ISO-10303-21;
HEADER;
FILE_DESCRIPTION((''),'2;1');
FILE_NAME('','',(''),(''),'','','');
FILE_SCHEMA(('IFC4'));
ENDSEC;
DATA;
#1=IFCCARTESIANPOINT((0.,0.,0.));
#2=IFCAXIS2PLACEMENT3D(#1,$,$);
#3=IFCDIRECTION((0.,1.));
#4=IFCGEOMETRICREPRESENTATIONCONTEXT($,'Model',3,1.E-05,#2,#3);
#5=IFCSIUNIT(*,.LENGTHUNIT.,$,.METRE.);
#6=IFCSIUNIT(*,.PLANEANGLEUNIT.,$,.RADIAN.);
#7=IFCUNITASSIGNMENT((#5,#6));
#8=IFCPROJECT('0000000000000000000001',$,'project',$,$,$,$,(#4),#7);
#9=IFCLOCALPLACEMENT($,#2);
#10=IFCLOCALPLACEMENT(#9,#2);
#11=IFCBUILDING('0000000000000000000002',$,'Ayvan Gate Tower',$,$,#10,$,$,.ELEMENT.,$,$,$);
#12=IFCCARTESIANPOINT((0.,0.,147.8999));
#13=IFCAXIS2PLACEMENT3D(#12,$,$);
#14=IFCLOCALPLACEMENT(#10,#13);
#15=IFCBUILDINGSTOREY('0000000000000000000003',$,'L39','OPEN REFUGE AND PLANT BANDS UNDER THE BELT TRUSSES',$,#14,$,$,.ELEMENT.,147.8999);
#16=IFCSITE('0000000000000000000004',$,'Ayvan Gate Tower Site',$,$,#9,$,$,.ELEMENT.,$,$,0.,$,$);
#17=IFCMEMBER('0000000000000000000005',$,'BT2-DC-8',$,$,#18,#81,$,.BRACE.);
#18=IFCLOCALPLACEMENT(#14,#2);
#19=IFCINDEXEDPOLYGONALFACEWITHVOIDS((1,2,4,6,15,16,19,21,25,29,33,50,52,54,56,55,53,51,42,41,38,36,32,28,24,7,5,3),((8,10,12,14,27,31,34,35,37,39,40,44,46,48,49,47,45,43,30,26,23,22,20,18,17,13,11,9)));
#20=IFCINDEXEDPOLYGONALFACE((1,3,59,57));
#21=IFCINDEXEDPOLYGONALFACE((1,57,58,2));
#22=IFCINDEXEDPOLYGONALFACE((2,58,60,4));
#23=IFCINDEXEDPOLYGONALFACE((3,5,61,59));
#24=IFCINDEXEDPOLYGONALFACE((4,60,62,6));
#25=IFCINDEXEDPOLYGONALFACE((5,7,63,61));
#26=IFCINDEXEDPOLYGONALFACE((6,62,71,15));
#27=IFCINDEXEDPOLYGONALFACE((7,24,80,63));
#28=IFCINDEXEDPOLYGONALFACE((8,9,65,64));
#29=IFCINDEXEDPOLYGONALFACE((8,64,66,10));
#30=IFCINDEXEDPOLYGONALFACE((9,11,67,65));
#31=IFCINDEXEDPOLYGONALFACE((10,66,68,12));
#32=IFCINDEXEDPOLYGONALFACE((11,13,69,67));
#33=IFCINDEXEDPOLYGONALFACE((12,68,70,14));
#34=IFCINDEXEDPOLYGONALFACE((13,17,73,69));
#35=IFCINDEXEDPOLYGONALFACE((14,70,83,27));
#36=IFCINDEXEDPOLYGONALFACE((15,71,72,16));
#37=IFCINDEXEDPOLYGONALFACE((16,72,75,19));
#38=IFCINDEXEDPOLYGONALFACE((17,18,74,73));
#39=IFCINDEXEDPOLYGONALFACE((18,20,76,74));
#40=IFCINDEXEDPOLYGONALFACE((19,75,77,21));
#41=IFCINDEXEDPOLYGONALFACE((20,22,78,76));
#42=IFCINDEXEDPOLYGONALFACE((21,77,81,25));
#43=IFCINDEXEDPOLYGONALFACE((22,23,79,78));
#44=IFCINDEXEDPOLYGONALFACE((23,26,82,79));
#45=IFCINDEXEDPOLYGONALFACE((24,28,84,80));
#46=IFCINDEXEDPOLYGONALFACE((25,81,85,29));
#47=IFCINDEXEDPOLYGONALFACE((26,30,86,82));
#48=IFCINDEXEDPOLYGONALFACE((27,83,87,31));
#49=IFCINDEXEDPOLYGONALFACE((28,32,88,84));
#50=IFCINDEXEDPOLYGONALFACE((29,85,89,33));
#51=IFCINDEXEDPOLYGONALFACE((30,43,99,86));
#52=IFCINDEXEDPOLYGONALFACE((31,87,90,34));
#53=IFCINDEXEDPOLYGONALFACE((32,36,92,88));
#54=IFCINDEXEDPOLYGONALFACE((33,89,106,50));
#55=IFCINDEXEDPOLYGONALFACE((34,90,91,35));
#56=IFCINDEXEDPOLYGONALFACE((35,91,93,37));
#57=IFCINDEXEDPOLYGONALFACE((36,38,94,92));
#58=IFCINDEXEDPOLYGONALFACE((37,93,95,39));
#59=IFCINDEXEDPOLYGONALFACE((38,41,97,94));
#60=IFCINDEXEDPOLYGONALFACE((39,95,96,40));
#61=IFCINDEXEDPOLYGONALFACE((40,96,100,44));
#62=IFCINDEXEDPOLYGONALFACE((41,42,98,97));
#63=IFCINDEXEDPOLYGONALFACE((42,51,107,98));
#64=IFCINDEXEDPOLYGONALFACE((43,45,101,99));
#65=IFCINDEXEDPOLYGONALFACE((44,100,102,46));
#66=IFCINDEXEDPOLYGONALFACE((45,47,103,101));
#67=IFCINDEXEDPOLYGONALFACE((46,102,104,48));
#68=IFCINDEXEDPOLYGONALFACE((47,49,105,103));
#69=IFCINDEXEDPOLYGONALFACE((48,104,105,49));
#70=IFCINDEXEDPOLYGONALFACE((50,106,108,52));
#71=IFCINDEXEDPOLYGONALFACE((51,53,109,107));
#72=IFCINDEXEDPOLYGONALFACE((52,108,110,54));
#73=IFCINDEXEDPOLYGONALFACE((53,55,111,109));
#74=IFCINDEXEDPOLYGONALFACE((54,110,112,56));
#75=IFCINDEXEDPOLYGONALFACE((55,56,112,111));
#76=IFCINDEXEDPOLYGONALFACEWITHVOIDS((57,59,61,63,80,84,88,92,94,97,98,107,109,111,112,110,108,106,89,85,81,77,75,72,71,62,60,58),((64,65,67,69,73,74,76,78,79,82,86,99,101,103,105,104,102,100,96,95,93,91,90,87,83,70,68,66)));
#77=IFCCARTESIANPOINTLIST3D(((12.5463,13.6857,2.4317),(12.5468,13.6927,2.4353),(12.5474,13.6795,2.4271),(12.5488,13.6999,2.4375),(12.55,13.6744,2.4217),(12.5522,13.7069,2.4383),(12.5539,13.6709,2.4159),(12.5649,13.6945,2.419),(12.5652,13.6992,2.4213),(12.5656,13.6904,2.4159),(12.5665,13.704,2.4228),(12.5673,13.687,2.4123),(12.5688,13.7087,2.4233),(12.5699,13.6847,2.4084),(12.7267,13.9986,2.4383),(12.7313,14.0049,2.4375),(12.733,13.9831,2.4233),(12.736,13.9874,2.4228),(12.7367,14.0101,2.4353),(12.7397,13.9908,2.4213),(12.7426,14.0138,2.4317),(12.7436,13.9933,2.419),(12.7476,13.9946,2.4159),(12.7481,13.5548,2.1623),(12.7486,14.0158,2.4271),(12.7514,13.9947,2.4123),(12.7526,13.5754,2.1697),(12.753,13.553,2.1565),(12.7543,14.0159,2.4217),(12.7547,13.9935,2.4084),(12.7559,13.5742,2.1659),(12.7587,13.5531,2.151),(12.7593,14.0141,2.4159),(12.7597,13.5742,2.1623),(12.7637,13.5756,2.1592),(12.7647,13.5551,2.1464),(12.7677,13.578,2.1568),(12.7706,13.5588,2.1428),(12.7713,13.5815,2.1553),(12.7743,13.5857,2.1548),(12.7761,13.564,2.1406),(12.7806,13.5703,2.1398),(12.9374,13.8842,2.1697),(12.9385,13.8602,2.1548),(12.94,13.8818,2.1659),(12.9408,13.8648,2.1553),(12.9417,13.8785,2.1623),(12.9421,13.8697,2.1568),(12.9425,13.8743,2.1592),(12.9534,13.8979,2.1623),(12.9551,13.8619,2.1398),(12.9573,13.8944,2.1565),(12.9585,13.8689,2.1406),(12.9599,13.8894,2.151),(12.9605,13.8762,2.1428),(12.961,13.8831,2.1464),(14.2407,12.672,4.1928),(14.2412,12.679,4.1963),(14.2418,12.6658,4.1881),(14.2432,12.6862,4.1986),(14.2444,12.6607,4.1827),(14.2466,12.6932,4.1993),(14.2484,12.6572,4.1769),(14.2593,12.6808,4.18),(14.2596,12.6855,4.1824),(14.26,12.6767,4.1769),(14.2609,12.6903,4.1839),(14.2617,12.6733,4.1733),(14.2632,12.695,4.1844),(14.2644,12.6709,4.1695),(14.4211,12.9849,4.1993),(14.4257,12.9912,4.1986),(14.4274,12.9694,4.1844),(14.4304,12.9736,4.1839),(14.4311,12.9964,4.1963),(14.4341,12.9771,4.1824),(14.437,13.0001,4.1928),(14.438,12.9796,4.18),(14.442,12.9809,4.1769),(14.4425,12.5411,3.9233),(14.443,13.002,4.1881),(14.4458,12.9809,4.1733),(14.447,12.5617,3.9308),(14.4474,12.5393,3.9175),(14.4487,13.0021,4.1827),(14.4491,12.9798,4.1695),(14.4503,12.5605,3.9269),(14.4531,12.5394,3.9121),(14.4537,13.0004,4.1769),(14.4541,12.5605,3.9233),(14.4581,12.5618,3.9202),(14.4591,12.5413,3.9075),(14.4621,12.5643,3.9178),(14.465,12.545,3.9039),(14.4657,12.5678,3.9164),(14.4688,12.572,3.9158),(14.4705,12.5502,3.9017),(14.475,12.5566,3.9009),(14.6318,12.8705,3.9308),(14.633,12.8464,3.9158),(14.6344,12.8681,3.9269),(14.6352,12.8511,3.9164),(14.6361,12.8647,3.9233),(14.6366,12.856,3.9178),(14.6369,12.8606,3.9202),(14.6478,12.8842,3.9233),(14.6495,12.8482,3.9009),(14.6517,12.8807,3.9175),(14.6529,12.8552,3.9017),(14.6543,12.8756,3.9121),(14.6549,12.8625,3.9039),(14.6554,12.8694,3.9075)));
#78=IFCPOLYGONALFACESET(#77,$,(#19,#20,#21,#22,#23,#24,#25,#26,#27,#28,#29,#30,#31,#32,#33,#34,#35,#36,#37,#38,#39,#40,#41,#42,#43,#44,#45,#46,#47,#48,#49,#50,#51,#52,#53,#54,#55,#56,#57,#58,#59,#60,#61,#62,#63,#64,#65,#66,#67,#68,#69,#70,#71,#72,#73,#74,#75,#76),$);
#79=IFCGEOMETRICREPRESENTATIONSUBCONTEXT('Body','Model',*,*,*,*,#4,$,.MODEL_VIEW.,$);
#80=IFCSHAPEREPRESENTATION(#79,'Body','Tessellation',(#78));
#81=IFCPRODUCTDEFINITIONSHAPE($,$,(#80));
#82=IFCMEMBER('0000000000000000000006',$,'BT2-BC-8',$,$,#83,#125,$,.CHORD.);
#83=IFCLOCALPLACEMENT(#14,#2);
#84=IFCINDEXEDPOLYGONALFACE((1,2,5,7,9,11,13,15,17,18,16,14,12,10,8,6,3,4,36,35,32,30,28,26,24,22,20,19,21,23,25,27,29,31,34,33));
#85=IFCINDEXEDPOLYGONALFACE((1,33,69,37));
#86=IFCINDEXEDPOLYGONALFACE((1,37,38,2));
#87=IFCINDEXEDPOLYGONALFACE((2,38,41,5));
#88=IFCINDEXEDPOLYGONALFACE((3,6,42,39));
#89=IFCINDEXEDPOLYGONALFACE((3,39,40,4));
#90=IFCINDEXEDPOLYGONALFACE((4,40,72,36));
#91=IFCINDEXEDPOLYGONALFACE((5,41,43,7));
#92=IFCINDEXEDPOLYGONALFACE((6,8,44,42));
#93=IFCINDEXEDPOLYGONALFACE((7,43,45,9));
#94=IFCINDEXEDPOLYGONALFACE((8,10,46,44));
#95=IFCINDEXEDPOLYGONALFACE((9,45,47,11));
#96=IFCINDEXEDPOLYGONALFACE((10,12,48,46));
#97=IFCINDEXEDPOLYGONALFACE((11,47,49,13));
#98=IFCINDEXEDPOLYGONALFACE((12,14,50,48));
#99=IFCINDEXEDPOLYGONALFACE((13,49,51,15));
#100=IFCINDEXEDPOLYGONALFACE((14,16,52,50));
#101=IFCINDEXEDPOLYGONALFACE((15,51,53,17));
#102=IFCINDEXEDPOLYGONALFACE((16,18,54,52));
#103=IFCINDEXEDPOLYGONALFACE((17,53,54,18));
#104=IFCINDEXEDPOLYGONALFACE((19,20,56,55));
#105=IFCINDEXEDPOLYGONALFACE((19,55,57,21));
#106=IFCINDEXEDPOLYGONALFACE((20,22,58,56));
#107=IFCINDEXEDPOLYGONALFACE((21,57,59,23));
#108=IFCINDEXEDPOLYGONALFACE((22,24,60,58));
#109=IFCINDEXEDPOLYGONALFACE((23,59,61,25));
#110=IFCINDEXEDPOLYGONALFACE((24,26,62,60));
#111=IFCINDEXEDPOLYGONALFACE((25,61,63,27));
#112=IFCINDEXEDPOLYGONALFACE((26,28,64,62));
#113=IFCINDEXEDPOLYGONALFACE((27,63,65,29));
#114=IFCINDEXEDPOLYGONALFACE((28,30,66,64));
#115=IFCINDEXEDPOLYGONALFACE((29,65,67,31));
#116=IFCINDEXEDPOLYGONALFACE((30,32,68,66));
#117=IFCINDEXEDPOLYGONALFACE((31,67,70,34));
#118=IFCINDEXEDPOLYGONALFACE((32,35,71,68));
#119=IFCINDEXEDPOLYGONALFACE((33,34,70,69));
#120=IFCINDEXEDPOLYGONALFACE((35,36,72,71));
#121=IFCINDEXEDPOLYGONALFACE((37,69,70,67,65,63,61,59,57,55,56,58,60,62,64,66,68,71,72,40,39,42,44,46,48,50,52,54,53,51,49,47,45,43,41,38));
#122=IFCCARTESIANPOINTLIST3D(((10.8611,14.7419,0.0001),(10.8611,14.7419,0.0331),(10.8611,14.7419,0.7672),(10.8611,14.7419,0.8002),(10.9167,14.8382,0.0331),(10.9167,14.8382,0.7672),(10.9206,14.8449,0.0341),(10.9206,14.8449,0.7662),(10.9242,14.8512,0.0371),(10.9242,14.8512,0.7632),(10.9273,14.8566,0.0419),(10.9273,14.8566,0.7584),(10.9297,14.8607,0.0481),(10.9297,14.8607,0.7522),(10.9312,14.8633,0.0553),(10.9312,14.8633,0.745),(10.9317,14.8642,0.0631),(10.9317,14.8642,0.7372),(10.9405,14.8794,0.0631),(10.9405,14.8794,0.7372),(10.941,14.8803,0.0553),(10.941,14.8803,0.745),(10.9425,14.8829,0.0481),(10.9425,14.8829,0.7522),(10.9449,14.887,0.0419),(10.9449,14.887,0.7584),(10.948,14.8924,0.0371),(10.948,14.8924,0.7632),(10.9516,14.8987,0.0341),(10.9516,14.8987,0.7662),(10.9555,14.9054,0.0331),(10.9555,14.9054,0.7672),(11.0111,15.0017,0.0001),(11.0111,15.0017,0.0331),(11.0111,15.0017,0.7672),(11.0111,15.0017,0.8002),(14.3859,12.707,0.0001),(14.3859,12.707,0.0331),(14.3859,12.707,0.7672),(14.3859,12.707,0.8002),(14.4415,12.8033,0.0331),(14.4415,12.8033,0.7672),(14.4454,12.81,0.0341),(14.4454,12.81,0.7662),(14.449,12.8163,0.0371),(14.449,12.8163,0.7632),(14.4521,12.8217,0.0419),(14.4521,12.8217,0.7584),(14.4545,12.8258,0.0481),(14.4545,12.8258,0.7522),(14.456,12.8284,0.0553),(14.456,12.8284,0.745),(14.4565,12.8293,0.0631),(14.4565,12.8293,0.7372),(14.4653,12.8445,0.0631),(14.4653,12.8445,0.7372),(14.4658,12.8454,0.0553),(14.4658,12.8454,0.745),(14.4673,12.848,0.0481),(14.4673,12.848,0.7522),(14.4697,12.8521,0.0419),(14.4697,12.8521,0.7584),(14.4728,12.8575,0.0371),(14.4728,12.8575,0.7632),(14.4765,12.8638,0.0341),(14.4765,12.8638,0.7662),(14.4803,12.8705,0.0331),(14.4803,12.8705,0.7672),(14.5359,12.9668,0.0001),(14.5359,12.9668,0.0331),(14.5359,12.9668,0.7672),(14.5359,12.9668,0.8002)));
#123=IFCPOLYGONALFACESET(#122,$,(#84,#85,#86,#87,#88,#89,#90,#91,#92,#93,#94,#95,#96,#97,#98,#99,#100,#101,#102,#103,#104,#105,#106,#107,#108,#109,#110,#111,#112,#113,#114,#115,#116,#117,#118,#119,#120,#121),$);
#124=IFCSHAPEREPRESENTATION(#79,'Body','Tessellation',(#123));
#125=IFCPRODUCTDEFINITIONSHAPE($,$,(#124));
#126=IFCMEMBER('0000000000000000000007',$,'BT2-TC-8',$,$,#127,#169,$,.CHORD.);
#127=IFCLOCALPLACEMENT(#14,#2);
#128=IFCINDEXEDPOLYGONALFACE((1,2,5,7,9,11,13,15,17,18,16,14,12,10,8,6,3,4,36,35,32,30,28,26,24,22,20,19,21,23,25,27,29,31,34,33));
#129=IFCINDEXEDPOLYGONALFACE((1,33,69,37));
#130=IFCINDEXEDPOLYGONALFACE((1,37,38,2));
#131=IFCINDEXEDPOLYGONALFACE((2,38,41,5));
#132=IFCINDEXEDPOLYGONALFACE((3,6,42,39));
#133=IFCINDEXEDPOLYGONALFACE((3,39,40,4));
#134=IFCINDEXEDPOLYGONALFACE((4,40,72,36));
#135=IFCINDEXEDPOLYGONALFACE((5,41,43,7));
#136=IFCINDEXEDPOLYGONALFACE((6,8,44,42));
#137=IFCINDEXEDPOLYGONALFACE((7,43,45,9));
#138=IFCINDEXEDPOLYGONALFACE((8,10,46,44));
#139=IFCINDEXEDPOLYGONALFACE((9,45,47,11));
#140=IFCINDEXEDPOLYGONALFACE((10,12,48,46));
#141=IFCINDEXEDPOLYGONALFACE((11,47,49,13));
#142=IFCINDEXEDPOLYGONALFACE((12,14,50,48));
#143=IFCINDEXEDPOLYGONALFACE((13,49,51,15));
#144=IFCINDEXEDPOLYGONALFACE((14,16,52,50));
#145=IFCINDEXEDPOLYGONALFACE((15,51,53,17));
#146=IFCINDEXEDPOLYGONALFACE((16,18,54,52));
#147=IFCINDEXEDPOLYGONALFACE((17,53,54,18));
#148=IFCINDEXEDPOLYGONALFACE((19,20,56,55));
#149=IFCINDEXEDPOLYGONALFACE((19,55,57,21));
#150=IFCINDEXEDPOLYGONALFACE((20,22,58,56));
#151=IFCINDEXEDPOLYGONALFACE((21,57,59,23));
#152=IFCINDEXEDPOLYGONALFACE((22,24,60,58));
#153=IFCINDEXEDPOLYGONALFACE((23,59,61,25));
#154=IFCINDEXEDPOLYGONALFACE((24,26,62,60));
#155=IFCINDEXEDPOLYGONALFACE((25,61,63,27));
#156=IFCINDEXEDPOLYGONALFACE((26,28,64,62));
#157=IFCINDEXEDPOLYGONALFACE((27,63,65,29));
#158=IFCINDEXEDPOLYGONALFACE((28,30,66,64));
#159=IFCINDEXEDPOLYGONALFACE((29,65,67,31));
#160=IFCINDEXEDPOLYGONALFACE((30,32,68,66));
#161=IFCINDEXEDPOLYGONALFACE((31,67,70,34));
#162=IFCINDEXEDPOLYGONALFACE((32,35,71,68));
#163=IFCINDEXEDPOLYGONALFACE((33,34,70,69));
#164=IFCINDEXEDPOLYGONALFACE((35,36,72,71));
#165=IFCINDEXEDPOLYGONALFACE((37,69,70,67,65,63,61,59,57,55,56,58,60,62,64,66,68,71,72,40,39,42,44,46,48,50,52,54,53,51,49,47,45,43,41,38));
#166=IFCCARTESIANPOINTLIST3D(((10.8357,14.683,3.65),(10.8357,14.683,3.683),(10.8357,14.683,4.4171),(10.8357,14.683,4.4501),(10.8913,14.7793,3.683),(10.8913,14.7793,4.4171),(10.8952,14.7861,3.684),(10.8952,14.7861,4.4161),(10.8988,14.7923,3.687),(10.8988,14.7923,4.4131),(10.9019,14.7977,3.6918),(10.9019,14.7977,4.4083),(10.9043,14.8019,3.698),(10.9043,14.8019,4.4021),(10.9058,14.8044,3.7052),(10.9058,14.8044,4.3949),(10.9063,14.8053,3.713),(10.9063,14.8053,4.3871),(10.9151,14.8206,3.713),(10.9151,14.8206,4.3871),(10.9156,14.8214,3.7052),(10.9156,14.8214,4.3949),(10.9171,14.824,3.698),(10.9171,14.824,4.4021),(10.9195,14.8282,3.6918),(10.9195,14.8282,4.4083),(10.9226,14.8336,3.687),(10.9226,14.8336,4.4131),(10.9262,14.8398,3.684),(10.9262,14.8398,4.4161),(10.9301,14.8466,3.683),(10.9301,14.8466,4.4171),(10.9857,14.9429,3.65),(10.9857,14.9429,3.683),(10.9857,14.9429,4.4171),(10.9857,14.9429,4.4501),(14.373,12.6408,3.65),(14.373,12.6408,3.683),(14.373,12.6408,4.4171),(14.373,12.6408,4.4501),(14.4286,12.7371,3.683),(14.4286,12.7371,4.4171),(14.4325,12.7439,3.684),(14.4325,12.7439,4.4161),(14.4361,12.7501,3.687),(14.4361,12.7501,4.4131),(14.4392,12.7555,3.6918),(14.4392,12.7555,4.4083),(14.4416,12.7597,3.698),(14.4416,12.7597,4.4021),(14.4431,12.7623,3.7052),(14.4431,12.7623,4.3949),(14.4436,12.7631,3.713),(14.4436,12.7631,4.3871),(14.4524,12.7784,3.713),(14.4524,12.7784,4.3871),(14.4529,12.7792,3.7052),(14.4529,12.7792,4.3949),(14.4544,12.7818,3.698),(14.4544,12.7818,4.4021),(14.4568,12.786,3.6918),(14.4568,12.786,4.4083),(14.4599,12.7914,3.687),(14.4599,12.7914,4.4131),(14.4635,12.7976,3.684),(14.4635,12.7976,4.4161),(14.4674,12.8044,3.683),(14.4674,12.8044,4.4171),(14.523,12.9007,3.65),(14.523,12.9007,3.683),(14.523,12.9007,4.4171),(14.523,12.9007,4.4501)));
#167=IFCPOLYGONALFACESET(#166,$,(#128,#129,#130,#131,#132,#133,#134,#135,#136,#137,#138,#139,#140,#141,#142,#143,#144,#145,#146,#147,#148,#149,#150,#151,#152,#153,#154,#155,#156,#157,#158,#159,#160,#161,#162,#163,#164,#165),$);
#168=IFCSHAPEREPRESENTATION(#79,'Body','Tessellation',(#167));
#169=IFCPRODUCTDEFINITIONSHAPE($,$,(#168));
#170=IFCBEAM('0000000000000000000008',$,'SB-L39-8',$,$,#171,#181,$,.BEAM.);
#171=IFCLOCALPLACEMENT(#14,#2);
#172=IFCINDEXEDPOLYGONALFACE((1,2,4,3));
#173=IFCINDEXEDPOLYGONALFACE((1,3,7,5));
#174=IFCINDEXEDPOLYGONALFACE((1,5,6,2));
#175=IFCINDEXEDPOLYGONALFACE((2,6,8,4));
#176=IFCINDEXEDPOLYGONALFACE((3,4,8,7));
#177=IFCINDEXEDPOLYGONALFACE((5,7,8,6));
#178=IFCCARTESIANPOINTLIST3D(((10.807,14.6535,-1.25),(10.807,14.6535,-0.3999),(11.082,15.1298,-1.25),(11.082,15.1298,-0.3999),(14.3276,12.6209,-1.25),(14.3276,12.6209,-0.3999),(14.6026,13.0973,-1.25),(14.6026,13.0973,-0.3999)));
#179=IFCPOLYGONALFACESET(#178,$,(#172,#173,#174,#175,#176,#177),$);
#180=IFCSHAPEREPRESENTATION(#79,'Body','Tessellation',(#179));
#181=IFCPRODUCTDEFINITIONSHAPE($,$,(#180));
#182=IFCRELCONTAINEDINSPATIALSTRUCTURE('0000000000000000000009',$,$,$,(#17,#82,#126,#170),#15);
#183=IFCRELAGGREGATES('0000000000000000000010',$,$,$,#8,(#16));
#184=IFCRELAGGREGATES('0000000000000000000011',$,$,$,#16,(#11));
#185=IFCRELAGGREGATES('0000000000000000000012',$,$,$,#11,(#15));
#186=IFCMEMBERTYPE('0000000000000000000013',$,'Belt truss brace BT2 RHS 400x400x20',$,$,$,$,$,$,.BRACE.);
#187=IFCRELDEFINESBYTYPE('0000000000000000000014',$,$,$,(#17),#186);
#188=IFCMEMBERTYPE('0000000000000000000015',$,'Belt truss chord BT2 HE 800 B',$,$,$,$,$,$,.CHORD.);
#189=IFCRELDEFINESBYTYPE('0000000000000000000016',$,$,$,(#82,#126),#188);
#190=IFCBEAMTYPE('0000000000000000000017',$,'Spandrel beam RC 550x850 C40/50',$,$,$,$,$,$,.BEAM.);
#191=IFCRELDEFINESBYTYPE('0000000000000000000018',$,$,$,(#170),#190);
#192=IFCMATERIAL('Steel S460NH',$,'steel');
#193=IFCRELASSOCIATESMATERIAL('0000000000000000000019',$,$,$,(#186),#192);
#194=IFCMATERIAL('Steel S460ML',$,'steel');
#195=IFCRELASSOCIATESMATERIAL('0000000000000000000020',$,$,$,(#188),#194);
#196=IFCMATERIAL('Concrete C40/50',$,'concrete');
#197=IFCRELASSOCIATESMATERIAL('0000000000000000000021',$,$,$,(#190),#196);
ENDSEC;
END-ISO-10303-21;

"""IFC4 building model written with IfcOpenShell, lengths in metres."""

from ifc_helpers import new_model, si_unit, direction, frame, origin, origin_2d, place, context, subcontext, project, spatial, rectangle, hollow_rectangle, i_section, extrude, material, material_profile, profile_set, type_object, element, save


model = new_model("IFC4")

# Units and contexts
model_context = context("Model", 3, precision=1e-05, world=origin(), true_north=direction((0.0, 1.0)))
body_context = subcontext(model_context, "Body", "Model", "MODEL_VIEW")
ifc_project = project(units=[si_unit("LENGTHUNIT", "METRE"), si_unit("PLANEANGLEUNIT", "RADIAN")], contexts=[model_context])

# Site, building, storey
site_placement = place(None, origin())
site = spatial("IfcSite", under=ifc_project, at=site_placement, Name="Ayvan Gate Tower Site", CompositionType="ELEMENT", RefElevation=0.0)
building_placement = place(site_placement, origin())
building = spatial("IfcBuilding", under=site, at=building_placement, Name="Ayvan Gate Tower", CompositionType="ELEMENT")
storey_placement = place(building_placement, frame((0.0, 0.0, 147.8999)))
storey = spatial("IfcBuildingStorey", under=building, at=storey_placement, Name="L39", Description="OPEN REFUGE AND PLANT BANDS UNDER THE BELT TRUSSES", CompositionType="ELEMENT", Elevation=147.8999)

# Members
ifc_material_1 = material(Name="Steel S460NH", Category="steel")
ifc_material_profile_1 = material_profile(ifc_material_1, hollow_rectangle(XDim=0.3999, YDim=0.3999, WallThickness=0.02, InnerFilletRadius=0.02, OuterFilletRadius=0.03, at=origin_2d()), Name="RHS 400x400x20")
ifc_profile_set_1 = profile_set([ifc_material_profile_1], Name="Steel S460NH")
member_type_1 = type_object("IfcMemberType", Name="Belt truss brace BT2 RHS 400x400x20", PredefinedType="BRACE", material=ifc_profile_set_1)
member_1_placement = place(storey_placement, frame((12.7537, 13.7844, 2.2891), z_axis=(0.640427, -0.383149, 0.66562), x_axis=(0.513404, 0.858147, 0.0)))
element("IfcMember", 1, at=member_1_placement, inside=storey, type_object=member_type_1, Name="BT2-DC-8", PredefinedType="BRACE", context=body_context, shape_type="SweptSolid", body=[
    extrude(hollow_rectangle(XDim=0.3999, YDim=0.3999, WallThickness=0.02, InnerFilletRadius=0.02, OuterFilletRadius=0.03, at=origin_2d()), origin(), (0.0, 0.0, 1.0), 2.6458),
])
ifc_material_2 = material(Name="Steel S460ML", Category="steel")
ifc_material_profile_2 = material_profile(ifc_material_2, i_section(OverallWidth=0.3, OverallDepth=0.8, WebThickness=0.0176, FlangeThickness=0.033, FilletRadius=0.03, at=origin_2d()), Name="HE 800 B")
ifc_profile_set_2 = profile_set([ifc_material_profile_2], Name="Steel S460ML")
member_type_2 = type_object("IfcMemberType", Name="Belt truss chord BT2 HE 800 B", PredefinedType="CHORD", material=ifc_profile_set_2)
member_2_placement = place(storey_placement, frame((14.4609, 12.8369, 0.4001), z_axis=(-0.866046, 0.499965, 0.0), x_axis=(-0.499965, -0.866046, 0.0)))
element("IfcMember", 2, at=member_2_placement, inside=storey, type_object=member_type_2, Name="BT2-BC-8", PredefinedType="CHORD", context=body_context, shape_type="SweptSolid", body=[
    extrude(i_section(OverallWidth=0.3, OverallDepth=0.8, WebThickness=0.0176, FlangeThickness=0.033, FilletRadius=0.03, at=origin_2d()), origin(), (0.0, 0.0, 1.0), 4.0701),
])
member_3_placement = place(storey_placement, frame((14.448, 12.7708, 4.05), z_axis=(-0.866031, 0.49999, 0.0), x_axis=(-0.49999, -0.866031, 0.0)))
element("IfcMember", 3, at=member_3_placement, inside=storey, type_object=member_type_2, Name="BT2-TC-8", PredefinedType="CHORD", context=body_context, shape_type="SweptSolid", body=[
    extrude(i_section(OverallWidth=0.3, OverallDepth=0.8, WebThickness=0.0176, FlangeThickness=0.033, FilletRadius=0.03, at=origin_2d()), origin(), (0.0, 0.0, 1.0), 4.0845),
])

# Beam
ifc_material_3 = material(Name="Concrete C40/50", Category="concrete")
ifc_material_profile_3 = material_profile(ifc_material_3, rectangle(XDim=0.55, YDim=0.8501, at=origin_2d()), Name="RC 550x850")
ifc_profile_set_3 = profile_set([ifc_material_profile_3], Name="Concrete C40/50")
beam_type_1 = type_object("IfcBeamType", Name="Spandrel beam RC 550x850 C40/50", PredefinedType="BEAM", material=ifc_profile_set_3)
beam_1_placement = place(storey_placement, frame((14.4651, 12.8591, -0.825), z_axis=(-0.866036, 0.499982, 0.0), x_axis=(-0.499982, -0.866036, 0.0)))
element("IfcBeam", 4, at=beam_1_placement, inside=storey, type_object=beam_type_1, Name="SB-L39-8", PredefinedType="BEAM", context=body_context, shape_type="SweptSolid", body=[
    extrude(rectangle(XDim=0.55, YDim=0.8501, at=origin_2d()), origin(), (0.0, 0.0, 1.0), 4.0652),
])

save(model, "model.ifc")
